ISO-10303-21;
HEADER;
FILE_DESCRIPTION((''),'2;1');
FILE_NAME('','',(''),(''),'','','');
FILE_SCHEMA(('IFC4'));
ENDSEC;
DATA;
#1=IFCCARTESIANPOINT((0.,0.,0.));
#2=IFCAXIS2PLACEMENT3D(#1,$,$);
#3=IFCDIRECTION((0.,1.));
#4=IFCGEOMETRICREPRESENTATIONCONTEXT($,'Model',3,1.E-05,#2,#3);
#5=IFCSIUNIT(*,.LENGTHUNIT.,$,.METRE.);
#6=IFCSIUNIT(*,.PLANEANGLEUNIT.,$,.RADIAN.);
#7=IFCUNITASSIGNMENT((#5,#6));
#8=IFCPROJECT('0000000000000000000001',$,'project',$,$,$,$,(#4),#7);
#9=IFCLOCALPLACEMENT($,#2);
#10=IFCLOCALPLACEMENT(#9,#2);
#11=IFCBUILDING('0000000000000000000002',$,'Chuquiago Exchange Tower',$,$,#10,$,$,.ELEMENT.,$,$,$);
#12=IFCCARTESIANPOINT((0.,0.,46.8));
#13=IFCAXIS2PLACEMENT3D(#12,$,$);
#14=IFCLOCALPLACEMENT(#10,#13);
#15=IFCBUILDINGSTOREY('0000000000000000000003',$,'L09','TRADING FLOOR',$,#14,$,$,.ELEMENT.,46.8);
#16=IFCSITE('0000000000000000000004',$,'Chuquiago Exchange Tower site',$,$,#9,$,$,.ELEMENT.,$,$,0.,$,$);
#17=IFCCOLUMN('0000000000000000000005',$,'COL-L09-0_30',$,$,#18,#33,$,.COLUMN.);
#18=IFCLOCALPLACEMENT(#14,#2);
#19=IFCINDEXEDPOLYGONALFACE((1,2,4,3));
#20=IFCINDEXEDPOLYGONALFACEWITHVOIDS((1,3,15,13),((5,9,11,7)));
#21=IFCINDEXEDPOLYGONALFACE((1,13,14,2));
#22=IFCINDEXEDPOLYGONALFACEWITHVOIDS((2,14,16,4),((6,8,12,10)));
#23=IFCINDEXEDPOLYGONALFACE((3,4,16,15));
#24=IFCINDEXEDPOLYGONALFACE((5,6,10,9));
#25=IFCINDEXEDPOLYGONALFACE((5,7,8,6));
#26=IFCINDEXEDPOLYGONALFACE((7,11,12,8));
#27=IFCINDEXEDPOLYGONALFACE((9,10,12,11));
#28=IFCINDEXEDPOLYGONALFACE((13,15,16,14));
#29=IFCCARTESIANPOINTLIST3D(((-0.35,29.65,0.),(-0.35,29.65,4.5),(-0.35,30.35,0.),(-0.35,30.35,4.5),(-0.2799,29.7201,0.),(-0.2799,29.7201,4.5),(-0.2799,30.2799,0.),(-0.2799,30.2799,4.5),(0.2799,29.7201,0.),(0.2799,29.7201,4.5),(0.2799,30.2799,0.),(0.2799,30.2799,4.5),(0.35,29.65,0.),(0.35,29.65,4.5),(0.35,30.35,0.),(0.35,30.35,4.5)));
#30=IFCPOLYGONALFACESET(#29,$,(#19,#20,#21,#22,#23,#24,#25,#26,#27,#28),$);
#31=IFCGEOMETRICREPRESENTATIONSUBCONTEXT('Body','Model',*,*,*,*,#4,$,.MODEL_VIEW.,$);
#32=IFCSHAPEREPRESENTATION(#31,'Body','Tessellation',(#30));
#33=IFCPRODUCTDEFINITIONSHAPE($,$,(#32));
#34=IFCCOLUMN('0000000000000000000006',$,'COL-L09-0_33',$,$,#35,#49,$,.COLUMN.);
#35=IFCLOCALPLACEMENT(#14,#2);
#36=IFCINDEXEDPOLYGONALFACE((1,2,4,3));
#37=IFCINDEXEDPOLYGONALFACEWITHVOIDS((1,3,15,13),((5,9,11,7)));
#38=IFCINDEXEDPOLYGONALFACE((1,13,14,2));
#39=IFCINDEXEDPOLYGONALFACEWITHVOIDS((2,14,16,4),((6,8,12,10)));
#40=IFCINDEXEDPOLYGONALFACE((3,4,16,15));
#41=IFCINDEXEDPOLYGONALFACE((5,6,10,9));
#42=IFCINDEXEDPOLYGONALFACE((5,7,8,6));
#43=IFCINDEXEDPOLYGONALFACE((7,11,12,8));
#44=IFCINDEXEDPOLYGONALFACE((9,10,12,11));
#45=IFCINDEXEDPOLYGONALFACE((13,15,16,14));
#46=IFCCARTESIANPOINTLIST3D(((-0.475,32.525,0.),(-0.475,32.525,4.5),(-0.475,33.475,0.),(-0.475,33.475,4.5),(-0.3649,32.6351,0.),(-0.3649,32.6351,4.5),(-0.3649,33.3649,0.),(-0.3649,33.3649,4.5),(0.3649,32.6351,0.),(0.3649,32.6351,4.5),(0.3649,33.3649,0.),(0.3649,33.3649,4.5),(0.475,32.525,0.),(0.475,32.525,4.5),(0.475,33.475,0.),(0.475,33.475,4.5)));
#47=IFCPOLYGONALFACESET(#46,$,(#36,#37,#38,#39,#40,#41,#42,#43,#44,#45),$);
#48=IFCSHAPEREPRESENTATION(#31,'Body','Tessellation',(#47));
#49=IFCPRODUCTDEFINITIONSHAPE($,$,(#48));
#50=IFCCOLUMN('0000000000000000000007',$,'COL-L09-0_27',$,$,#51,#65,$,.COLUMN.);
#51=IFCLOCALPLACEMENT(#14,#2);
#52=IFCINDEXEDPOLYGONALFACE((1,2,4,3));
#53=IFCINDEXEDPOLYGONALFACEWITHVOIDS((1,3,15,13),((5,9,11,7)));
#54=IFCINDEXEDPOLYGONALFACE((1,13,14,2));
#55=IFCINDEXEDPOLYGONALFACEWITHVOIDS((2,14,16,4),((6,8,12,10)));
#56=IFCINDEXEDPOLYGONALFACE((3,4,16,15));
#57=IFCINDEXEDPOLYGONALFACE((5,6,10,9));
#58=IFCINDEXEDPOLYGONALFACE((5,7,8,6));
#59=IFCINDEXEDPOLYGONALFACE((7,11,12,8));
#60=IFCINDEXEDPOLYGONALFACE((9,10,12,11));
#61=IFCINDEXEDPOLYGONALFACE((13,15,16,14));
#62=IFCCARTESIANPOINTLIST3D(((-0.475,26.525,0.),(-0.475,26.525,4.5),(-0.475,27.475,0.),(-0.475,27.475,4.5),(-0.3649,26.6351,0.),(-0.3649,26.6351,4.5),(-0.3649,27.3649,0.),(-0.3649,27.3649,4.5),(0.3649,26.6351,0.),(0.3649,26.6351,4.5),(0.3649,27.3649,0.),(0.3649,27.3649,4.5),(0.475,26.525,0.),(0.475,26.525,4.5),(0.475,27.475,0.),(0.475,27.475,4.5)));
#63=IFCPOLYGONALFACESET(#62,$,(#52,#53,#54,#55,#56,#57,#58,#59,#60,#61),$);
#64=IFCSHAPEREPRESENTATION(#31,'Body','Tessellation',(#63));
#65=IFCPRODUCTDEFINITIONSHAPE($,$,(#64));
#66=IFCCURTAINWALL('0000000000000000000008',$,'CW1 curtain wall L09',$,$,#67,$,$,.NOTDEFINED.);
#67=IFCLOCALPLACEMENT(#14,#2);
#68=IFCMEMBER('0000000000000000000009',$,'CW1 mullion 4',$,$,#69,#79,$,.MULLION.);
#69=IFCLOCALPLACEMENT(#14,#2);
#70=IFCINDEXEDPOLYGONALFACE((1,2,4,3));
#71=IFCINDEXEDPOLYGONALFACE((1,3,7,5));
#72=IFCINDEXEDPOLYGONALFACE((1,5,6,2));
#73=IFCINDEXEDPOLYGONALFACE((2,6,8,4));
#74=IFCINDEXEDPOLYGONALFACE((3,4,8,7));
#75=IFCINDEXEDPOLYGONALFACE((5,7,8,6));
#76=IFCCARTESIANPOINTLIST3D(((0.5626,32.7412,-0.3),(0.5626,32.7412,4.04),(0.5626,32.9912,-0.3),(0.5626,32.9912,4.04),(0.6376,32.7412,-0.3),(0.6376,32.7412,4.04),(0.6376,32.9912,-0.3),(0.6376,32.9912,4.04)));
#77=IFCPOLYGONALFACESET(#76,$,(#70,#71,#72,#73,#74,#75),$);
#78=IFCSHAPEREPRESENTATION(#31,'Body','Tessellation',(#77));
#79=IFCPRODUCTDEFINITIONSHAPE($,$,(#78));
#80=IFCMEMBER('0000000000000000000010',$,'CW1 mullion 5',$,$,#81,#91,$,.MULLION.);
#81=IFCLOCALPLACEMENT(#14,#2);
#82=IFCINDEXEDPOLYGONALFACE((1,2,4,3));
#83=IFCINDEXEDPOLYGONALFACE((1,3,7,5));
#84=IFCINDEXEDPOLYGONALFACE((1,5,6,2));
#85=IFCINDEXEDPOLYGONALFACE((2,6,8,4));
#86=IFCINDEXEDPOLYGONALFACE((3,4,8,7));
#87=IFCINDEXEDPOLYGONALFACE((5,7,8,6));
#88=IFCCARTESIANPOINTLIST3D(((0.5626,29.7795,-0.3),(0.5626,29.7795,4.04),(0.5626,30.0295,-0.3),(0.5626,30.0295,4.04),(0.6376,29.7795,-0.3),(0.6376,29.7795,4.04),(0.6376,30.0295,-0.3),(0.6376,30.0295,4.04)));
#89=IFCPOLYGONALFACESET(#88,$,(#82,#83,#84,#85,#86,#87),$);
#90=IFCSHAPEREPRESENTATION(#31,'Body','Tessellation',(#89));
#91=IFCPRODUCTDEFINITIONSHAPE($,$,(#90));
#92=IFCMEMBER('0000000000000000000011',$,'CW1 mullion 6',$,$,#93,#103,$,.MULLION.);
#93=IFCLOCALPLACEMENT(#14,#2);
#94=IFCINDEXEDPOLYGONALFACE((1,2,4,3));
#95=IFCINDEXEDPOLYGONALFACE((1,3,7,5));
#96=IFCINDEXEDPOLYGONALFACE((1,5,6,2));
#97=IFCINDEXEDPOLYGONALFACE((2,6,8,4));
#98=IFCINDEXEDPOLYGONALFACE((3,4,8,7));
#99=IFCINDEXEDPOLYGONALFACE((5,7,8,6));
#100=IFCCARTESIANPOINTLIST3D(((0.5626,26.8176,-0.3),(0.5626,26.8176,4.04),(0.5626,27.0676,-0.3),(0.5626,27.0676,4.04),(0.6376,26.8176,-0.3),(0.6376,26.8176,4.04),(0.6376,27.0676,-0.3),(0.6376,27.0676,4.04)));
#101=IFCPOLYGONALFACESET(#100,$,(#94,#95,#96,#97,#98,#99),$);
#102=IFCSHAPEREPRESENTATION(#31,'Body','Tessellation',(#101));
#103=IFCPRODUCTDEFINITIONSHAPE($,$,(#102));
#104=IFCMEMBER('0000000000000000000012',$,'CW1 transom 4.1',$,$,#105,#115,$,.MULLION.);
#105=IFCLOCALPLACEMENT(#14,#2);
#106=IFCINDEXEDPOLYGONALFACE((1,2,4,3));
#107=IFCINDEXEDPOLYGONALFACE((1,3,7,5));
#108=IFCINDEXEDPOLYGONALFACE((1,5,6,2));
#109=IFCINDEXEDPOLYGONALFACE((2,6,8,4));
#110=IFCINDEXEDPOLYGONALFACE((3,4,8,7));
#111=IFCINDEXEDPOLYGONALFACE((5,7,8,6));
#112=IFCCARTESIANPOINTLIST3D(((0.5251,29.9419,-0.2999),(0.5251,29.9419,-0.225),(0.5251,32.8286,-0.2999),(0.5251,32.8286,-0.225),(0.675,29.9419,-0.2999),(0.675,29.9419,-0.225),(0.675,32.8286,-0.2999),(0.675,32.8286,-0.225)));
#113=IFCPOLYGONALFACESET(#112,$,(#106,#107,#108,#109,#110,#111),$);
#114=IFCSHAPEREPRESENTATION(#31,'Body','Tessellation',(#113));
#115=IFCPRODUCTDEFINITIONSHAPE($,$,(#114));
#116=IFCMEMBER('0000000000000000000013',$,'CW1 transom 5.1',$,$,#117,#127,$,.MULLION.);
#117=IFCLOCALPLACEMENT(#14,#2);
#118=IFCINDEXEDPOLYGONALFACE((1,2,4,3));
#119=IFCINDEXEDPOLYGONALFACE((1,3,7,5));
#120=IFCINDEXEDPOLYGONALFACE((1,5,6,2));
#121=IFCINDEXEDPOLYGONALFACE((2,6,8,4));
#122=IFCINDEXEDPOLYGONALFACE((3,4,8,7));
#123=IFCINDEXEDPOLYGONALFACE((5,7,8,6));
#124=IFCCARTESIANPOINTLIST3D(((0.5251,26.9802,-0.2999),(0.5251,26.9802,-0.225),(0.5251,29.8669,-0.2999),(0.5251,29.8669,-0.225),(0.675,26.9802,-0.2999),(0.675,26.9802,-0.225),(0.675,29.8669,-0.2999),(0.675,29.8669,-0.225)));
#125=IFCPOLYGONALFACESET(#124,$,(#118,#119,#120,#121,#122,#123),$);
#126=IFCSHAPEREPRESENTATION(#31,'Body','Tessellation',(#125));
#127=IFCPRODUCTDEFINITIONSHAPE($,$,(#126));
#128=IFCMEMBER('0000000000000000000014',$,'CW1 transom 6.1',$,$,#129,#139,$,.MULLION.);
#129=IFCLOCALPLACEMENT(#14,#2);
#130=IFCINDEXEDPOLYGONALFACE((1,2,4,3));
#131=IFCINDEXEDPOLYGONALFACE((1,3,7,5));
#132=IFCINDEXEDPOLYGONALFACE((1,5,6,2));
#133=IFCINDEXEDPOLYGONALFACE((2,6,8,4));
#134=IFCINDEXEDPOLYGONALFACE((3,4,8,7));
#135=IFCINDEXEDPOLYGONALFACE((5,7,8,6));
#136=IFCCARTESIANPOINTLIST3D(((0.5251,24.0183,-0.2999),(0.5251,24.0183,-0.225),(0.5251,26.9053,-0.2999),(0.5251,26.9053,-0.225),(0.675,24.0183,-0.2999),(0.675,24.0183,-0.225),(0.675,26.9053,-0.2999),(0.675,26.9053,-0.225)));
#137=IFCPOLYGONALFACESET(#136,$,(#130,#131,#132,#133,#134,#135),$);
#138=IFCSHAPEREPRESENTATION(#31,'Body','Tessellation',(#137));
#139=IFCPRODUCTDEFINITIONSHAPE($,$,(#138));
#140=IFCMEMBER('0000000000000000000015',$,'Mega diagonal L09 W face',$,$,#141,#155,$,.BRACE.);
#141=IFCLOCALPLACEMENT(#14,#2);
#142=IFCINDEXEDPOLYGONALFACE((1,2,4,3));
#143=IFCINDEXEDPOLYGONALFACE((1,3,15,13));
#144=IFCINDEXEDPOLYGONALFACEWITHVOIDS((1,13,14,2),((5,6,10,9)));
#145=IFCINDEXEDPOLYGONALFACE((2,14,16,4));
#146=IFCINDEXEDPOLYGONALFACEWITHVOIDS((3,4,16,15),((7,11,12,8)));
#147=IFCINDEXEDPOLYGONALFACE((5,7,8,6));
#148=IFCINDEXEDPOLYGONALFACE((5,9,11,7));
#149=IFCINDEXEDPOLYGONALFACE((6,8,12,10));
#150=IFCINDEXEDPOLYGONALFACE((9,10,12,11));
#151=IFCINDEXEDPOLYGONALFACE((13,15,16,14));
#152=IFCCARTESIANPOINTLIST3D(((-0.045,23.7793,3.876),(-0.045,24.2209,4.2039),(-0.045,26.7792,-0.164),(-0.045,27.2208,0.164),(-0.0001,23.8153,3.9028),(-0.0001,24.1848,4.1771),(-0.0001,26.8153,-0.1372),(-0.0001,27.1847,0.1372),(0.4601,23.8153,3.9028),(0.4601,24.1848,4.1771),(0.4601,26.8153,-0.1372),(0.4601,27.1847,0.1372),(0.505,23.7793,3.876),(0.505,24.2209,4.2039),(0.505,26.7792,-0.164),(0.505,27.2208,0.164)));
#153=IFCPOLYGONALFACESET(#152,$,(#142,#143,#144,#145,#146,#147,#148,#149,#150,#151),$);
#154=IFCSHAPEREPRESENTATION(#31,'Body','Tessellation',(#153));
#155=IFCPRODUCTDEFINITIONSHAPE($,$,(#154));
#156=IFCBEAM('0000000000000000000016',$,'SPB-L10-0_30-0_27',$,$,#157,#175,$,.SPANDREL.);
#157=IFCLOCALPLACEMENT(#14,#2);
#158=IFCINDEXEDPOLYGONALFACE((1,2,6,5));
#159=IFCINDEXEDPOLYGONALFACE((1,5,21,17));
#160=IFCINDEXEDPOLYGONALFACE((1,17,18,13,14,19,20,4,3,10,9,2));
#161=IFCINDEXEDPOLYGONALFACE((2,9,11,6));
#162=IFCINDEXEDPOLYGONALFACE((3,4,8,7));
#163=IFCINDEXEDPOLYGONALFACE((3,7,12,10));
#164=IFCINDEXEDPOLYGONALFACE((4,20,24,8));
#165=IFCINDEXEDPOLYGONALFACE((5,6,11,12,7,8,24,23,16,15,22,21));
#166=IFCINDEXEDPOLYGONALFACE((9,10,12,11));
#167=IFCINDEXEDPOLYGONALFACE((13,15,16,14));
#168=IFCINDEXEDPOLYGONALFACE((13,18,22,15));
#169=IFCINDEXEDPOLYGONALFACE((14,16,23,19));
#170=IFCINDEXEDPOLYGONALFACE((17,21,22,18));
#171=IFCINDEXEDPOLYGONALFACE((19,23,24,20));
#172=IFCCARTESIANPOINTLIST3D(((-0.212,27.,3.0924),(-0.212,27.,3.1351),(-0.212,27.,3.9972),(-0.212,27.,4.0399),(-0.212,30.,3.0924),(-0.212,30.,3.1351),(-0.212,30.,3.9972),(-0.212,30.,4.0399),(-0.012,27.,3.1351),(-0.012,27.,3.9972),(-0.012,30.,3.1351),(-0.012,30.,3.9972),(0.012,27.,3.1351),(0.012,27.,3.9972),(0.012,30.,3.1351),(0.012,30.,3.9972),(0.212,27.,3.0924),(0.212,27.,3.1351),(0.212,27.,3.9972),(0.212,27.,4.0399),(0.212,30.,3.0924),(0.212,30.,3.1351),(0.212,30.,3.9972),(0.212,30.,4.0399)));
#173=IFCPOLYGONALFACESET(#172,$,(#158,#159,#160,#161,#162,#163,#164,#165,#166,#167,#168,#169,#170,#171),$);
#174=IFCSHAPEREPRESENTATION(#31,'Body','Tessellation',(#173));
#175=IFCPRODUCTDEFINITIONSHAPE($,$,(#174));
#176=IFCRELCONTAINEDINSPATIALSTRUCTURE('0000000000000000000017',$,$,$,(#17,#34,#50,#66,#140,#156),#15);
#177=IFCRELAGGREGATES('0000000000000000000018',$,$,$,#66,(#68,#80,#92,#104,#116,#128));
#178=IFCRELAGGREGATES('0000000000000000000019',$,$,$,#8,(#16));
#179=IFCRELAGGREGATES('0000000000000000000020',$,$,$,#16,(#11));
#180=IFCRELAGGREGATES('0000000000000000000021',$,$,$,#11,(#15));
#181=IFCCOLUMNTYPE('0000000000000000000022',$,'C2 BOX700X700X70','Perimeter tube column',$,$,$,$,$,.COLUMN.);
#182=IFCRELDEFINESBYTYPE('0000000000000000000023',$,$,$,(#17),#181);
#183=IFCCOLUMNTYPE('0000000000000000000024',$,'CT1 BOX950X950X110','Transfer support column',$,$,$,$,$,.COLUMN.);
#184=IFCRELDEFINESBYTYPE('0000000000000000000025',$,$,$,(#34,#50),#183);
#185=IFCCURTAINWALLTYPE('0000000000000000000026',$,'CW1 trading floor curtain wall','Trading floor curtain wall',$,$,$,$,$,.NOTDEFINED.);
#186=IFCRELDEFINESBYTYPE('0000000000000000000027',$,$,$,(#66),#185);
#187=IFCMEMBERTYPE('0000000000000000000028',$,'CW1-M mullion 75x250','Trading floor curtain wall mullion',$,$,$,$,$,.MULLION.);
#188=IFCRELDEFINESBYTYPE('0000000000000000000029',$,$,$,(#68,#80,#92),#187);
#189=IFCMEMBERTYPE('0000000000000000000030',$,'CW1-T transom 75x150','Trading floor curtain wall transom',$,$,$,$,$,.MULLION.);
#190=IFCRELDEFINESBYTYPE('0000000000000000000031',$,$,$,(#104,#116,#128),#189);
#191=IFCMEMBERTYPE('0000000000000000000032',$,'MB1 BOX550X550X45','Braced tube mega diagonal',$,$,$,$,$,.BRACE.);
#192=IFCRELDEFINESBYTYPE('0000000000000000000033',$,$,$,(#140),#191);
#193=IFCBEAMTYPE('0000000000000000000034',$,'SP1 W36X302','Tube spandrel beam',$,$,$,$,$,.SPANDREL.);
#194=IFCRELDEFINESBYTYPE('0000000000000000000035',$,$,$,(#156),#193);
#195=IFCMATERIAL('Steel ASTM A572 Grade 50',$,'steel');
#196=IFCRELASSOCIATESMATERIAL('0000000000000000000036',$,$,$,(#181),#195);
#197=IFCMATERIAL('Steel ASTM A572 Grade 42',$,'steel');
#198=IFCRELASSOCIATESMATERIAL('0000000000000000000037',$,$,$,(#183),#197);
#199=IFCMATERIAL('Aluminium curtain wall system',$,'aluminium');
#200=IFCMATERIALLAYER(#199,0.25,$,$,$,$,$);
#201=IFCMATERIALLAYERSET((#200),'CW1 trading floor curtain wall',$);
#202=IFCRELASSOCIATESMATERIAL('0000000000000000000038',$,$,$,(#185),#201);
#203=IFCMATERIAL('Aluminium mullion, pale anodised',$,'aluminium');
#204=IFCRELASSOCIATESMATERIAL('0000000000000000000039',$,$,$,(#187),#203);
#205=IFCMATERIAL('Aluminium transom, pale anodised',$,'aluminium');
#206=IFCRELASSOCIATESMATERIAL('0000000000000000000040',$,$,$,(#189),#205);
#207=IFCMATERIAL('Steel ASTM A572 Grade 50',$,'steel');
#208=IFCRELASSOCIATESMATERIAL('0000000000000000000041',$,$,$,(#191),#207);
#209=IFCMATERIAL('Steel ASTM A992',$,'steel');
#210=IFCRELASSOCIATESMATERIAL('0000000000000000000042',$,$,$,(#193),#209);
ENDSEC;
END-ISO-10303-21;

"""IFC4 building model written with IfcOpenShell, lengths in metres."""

from ifc_helpers import new_model, si_unit, direction, frame, origin, origin_2d, place, context, subcontext, project, spatial, rectangle, hollow_rectangle, i_section, extrude, material, layer, layer_set, material_profile, profile_set, type_object, element, aggregate, save


model = new_model("IFC4")

# Units and contexts
model_context = context("Model", 3, precision=1e-05, world=origin(), true_north=direction((0.0, 1.0)))
body_context = subcontext(model_context, "Body", "Model", "MODEL_VIEW")
ifc_project = project(units=[si_unit("LENGTHUNIT", "METRE"), si_unit("PLANEANGLEUNIT", "RADIAN")], contexts=[model_context])

# Site, building, storey
site_placement = place(None, origin())
site = spatial("IfcSite", under=ifc_project, at=site_placement, Name="Chuquiago Exchange Tower site", CompositionType="ELEMENT", RefElevation=0.0)
building_placement = place(site_placement, origin())
building = spatial("IfcBuilding", under=site, at=building_placement, Name="Chuquiago Exchange Tower", CompositionType="ELEMENT")
storey_placement = place(building_placement, frame((0.0, 0.0, 46.8)))
storey = spatial("IfcBuildingStorey", under=building, at=storey_placement, Name="L09", Description="TRADING FLOOR", CompositionType="ELEMENT", Elevation=46.8)

# Columns
ifc_material_1 = material(Name="Steel ASTM A572 Grade 50", Category="steel")
ifc_material_profile_1 = material_profile(ifc_material_1, hollow_rectangle(XDim=0.7, YDim=0.7, WallThickness=0.0701, at=origin_2d()), Name="BOX700X700X70")
ifc_profile_set_1 = profile_set([ifc_material_profile_1], Name="Steel ASTM A572 Grade 50")
column_type_1 = type_object("IfcColumnType", Name="C2 BOX700X700X70", Description="Perimeter tube column", PredefinedType="COLUMN", material=ifc_profile_set_1)
column_placement = place(storey_placement, frame((0.0, 30.0, 0.0), z_axis=(0.0, 0.0, 1.0), x_axis=(-1.0, 0.0, 0.0)))
element("IfcColumn", 1, at=column_placement, inside=storey, type_object=column_type_1, Name="COL-L09-0_30", PredefinedType="COLUMN", context=body_context, shape_type="SweptSolid", body=[
    extrude(hollow_rectangle(XDim=0.7, YDim=0.7, WallThickness=0.0701, at=origin_2d()), origin(), (0.0, 0.0, 1.0), 4.5),
])
ifc_material_2 = material(Name="Steel ASTM A572 Grade 42", Category="steel")
ifc_material_profile_2 = material_profile(ifc_material_2, hollow_rectangle(XDim=0.95, YDim=0.95, WallThickness=0.1101, at=origin_2d()), Name="BOX950X950X110")
ifc_profile_set_2 = profile_set([ifc_material_profile_2], Name="Steel ASTM A572 Grade 42")
column_type_2 = type_object("IfcColumnType", Name="CT1 BOX950X950X110", Description="Transfer support column", PredefinedType="COLUMN", material=ifc_profile_set_2)
for number, where, z_axis, x_axis, name in (
    (2, (0.0, 33.0, 0.0), (0.0, 0.0, 1.0), (-1.0, 0.0, 0.0), "COL-L09-0_33"),
    (3, (0.0, 27.0, 0.0), (0.0, 0.0, 1.0), (-1.0, 0.0, 0.0), "COL-L09-0_27"),
):
    element("IfcColumn", number, at=place(storey_placement, frame(where, z_axis=z_axis, x_axis=x_axis)), inside=storey, type_object=column_type_2, Name=name, PredefinedType="COLUMN", context=body_context, shape_type="SweptSolid", body=[
        extrude(hollow_rectangle(XDim=0.95, YDim=0.95, WallThickness=0.1101, at=origin_2d()), origin(), (0.0, 0.0, 1.0), 4.5),
    ])

# Curtain wall, members
ifc_material_3 = material(Name="Aluminium curtain wall system", Category="aluminium")
ifc_layer_1 = layer(ifc_material_3, 0.25)
ifc_layer_set_1 = layer_set([ifc_layer_1], Name="CW1 trading floor curtain wall")
curtain_wall_type = type_object("IfcCurtainWallType", Name="CW1 trading floor curtain wall", Description="Trading floor curtain wall", PredefinedType="NOTDEFINED", material=ifc_layer_set_1)
curtain_wall_placement = place(storey_placement, origin())
curtain_wall = element("IfcCurtainWall", 4, at=curtain_wall_placement, inside=storey, type_object=curtain_wall_type, Name="CW1 curtain wall L09", PredefinedType="NOTDEFINED")
ifc_material_4 = material(Name="Aluminium mullion, pale anodised", Category="aluminium")
ifc_material_profile_3 = material_profile(ifc_material_4, rectangle(XDim=0.075, YDim=0.25, at=origin_2d()), Name="AL 75x250")
ifc_profile_set_3 = profile_set([ifc_material_profile_3], Name="Aluminium mullion, pale anodised")
member_type_1 = type_object("IfcMemberType", Name="CW1-M mullion 75x250", Description="Trading floor curtain wall mullion", PredefinedType="MULLION", material=ifc_profile_set_3)
member_1_placement = place(storey_placement, frame((0.6001, 32.8662, -0.3), z_axis=(0.0, 0.0, 1.0), x_axis=(1.0, 0.0, 0.0)))
member_1 = element("IfcMember", 5, at=member_1_placement, type_object=member_type_1, Name="CW1 mullion 4", PredefinedType="MULLION", context=body_context, shape_type="SweptSolid", body=[
    extrude(rectangle(XDim=0.075, YDim=0.25, at=origin_2d()), origin(), (0.0, 0.0, 1.0), 4.3401),
])
member_2_placement = place(storey_placement, frame((0.6001, 29.9045, -0.3), z_axis=(0.0, 0.0, 1.0), x_axis=(1.0, 0.0, 0.0)))
member_2 = element("IfcMember", 6, at=member_2_placement, type_object=member_type_1, Name="CW1 mullion 5", PredefinedType="MULLION", context=body_context, shape_type="SweptSolid", body=[
    extrude(rectangle(XDim=0.075, YDim=0.25, at=origin_2d()), origin(), (0.0, 0.0, 1.0), 4.3401),
])
member_3_placement = place(storey_placement, frame((0.6001, 26.9426, -0.3), z_axis=(0.0, 0.0, 1.0), x_axis=(1.0, 0.0, 0.0)))
member_3 = element("IfcMember", 7, at=member_3_placement, type_object=member_type_1, Name="CW1 mullion 6", PredefinedType="MULLION", context=body_context, shape_type="SweptSolid", body=[
    extrude(rectangle(XDim=0.075, YDim=0.25, at=origin_2d()), origin(), (0.0, 0.0, 1.0), 4.3401),
])
ifc_material_5 = material(Name="Aluminium transom, pale anodised", Category="aluminium")
ifc_material_profile_4 = material_profile(ifc_material_5, rectangle(XDim=0.1499, YDim=0.075, at=origin_2d()), Name="AL 150x75")
ifc_profile_set_4 = profile_set([ifc_material_profile_4], Name="Aluminium transom, pale anodised")
member_type_2 = type_object("IfcMemberType", Name="CW1-T transom 75x150", Description="Trading floor curtain wall transom", PredefinedType="MULLION", material=ifc_profile_set_4)
member_4_placement = place(storey_placement, frame((0.6001, 32.8286, -0.2625), z_axis=(0.0, -1.0, 0.0), x_axis=(1.0, 0.0, 0.0)))
member_4 = element("IfcMember", 8, at=member_4_placement, type_object=member_type_2, Name="CW1 transom 4.1", PredefinedType="MULLION", context=body_context, shape_type="SweptSolid", body=[
    extrude(rectangle(XDim=0.1499, YDim=0.075, at=origin_2d()), origin(), (0.0, 0.0, 1.0), 2.8867),
])
member_5_placement = place(storey_placement, frame((0.6001, 29.8669, -0.2625), z_axis=(0.0, -1.0, 0.0), x_axis=(1.0, 0.0, 0.0)))
member_5 = element("IfcMember", 9, at=member_5_placement, type_object=member_type_2, Name="CW1 transom 5.1", PredefinedType="MULLION", context=body_context, shape_type="SweptSolid", body=[
    extrude(rectangle(XDim=0.1499, YDim=0.075, at=origin_2d()), origin(), (0.0, 0.0, 1.0), 2.8867),
])
member_6_placement = place(storey_placement, frame((0.6001, 26.9053, -0.2625), z_axis=(0.0, -1.0, 0.0), x_axis=(1.0, 0.0, 0.0)))
member_6 = element("IfcMember", 10, at=member_6_placement, type_object=member_type_2, Name="CW1 transom 6.1", PredefinedType="MULLION", context=body_context, shape_type="SweptSolid", body=[
    extrude(rectangle(XDim=0.1499, YDim=0.075, at=origin_2d()), origin(), (0.0, 0.0, 1.0), 2.887),
])

# Member
ifc_material_6 = material(Name="Steel ASTM A572 Grade 50", Category="steel")
ifc_material_profile_5 = material_profile(ifc_material_6, hollow_rectangle(XDim=0.55, YDim=0.55, WallThickness=0.0449, at=origin_2d()), Name="BOX550X550X45")
ifc_profile_set_5 = profile_set([ifc_material_profile_5], Name="Steel ASTM A572 Grade 50")
member_type_3 = type_object("IfcMemberType", Name="MB1 BOX550X550X45", Description="Braced tube mega diagonal", PredefinedType="BRACE", material=ifc_profile_set_5)
member_7_placement = place(storey_placement, frame((0.23, 27.0, 0.0), z_axis=(0.0, -0.596174, 0.802855), x_axis=(1.0, 0.0, 0.0)))
element("IfcMember", 11, at=member_7_placement, inside=storey, type_object=member_type_3, Name="Mega diagonal L09 W face", PredefinedType="BRACE", context=body_context, shape_type="SweptSolid", body=[
    extrude(hollow_rectangle(XDim=0.55, YDim=0.55, WallThickness=0.0449, at=origin_2d()), origin(), (0.0, 0.0, 1.0), 5.032),
])

# Beam
ifc_material_7 = material(Name="Steel ASTM A992", Category="steel")
ifc_material_profile_6 = material_profile(ifc_material_7, i_section(OverallWidth=0.4241, OverallDepth=0.9475, WebThickness=0.0239, FlangeThickness=0.0427, at=origin_2d()), Name="W36X302")
ifc_profile_set_6 = profile_set([ifc_material_profile_6], Name="Steel ASTM A992")
beam_type = type_object("IfcBeamType", Name="SP1 W36X302", Description="Tube spandrel beam", PredefinedType="SPANDREL", material=ifc_profile_set_6)
for number, where, z_axis, x_axis, name in (
    (12, (0.0, 30.0, 3.5662), (0.0, -1.0, 0.0), (1.0, 0.0, 0.0), "SPB-L10-0_30-0_27"),
):
    element("IfcBeam", number, at=place(storey_placement, frame(where, z_axis=z_axis, x_axis=x_axis)), inside=storey, type_object=beam_type, Name=name, PredefinedType="SPANDREL", context=body_context, shape_type="SweptSolid", body=[
        extrude(i_section(OverallWidth=0.4241, OverallDepth=0.9475, WebThickness=0.0239, FlangeThickness=0.0427, at=origin_2d()), origin(), (0.0, 0.0, 1.0), 3.0),
    ])

aggregate(curtain_wall, [member_1, member_2, member_3, member_4, member_5, member_6])

save(model, "model.ifc")
